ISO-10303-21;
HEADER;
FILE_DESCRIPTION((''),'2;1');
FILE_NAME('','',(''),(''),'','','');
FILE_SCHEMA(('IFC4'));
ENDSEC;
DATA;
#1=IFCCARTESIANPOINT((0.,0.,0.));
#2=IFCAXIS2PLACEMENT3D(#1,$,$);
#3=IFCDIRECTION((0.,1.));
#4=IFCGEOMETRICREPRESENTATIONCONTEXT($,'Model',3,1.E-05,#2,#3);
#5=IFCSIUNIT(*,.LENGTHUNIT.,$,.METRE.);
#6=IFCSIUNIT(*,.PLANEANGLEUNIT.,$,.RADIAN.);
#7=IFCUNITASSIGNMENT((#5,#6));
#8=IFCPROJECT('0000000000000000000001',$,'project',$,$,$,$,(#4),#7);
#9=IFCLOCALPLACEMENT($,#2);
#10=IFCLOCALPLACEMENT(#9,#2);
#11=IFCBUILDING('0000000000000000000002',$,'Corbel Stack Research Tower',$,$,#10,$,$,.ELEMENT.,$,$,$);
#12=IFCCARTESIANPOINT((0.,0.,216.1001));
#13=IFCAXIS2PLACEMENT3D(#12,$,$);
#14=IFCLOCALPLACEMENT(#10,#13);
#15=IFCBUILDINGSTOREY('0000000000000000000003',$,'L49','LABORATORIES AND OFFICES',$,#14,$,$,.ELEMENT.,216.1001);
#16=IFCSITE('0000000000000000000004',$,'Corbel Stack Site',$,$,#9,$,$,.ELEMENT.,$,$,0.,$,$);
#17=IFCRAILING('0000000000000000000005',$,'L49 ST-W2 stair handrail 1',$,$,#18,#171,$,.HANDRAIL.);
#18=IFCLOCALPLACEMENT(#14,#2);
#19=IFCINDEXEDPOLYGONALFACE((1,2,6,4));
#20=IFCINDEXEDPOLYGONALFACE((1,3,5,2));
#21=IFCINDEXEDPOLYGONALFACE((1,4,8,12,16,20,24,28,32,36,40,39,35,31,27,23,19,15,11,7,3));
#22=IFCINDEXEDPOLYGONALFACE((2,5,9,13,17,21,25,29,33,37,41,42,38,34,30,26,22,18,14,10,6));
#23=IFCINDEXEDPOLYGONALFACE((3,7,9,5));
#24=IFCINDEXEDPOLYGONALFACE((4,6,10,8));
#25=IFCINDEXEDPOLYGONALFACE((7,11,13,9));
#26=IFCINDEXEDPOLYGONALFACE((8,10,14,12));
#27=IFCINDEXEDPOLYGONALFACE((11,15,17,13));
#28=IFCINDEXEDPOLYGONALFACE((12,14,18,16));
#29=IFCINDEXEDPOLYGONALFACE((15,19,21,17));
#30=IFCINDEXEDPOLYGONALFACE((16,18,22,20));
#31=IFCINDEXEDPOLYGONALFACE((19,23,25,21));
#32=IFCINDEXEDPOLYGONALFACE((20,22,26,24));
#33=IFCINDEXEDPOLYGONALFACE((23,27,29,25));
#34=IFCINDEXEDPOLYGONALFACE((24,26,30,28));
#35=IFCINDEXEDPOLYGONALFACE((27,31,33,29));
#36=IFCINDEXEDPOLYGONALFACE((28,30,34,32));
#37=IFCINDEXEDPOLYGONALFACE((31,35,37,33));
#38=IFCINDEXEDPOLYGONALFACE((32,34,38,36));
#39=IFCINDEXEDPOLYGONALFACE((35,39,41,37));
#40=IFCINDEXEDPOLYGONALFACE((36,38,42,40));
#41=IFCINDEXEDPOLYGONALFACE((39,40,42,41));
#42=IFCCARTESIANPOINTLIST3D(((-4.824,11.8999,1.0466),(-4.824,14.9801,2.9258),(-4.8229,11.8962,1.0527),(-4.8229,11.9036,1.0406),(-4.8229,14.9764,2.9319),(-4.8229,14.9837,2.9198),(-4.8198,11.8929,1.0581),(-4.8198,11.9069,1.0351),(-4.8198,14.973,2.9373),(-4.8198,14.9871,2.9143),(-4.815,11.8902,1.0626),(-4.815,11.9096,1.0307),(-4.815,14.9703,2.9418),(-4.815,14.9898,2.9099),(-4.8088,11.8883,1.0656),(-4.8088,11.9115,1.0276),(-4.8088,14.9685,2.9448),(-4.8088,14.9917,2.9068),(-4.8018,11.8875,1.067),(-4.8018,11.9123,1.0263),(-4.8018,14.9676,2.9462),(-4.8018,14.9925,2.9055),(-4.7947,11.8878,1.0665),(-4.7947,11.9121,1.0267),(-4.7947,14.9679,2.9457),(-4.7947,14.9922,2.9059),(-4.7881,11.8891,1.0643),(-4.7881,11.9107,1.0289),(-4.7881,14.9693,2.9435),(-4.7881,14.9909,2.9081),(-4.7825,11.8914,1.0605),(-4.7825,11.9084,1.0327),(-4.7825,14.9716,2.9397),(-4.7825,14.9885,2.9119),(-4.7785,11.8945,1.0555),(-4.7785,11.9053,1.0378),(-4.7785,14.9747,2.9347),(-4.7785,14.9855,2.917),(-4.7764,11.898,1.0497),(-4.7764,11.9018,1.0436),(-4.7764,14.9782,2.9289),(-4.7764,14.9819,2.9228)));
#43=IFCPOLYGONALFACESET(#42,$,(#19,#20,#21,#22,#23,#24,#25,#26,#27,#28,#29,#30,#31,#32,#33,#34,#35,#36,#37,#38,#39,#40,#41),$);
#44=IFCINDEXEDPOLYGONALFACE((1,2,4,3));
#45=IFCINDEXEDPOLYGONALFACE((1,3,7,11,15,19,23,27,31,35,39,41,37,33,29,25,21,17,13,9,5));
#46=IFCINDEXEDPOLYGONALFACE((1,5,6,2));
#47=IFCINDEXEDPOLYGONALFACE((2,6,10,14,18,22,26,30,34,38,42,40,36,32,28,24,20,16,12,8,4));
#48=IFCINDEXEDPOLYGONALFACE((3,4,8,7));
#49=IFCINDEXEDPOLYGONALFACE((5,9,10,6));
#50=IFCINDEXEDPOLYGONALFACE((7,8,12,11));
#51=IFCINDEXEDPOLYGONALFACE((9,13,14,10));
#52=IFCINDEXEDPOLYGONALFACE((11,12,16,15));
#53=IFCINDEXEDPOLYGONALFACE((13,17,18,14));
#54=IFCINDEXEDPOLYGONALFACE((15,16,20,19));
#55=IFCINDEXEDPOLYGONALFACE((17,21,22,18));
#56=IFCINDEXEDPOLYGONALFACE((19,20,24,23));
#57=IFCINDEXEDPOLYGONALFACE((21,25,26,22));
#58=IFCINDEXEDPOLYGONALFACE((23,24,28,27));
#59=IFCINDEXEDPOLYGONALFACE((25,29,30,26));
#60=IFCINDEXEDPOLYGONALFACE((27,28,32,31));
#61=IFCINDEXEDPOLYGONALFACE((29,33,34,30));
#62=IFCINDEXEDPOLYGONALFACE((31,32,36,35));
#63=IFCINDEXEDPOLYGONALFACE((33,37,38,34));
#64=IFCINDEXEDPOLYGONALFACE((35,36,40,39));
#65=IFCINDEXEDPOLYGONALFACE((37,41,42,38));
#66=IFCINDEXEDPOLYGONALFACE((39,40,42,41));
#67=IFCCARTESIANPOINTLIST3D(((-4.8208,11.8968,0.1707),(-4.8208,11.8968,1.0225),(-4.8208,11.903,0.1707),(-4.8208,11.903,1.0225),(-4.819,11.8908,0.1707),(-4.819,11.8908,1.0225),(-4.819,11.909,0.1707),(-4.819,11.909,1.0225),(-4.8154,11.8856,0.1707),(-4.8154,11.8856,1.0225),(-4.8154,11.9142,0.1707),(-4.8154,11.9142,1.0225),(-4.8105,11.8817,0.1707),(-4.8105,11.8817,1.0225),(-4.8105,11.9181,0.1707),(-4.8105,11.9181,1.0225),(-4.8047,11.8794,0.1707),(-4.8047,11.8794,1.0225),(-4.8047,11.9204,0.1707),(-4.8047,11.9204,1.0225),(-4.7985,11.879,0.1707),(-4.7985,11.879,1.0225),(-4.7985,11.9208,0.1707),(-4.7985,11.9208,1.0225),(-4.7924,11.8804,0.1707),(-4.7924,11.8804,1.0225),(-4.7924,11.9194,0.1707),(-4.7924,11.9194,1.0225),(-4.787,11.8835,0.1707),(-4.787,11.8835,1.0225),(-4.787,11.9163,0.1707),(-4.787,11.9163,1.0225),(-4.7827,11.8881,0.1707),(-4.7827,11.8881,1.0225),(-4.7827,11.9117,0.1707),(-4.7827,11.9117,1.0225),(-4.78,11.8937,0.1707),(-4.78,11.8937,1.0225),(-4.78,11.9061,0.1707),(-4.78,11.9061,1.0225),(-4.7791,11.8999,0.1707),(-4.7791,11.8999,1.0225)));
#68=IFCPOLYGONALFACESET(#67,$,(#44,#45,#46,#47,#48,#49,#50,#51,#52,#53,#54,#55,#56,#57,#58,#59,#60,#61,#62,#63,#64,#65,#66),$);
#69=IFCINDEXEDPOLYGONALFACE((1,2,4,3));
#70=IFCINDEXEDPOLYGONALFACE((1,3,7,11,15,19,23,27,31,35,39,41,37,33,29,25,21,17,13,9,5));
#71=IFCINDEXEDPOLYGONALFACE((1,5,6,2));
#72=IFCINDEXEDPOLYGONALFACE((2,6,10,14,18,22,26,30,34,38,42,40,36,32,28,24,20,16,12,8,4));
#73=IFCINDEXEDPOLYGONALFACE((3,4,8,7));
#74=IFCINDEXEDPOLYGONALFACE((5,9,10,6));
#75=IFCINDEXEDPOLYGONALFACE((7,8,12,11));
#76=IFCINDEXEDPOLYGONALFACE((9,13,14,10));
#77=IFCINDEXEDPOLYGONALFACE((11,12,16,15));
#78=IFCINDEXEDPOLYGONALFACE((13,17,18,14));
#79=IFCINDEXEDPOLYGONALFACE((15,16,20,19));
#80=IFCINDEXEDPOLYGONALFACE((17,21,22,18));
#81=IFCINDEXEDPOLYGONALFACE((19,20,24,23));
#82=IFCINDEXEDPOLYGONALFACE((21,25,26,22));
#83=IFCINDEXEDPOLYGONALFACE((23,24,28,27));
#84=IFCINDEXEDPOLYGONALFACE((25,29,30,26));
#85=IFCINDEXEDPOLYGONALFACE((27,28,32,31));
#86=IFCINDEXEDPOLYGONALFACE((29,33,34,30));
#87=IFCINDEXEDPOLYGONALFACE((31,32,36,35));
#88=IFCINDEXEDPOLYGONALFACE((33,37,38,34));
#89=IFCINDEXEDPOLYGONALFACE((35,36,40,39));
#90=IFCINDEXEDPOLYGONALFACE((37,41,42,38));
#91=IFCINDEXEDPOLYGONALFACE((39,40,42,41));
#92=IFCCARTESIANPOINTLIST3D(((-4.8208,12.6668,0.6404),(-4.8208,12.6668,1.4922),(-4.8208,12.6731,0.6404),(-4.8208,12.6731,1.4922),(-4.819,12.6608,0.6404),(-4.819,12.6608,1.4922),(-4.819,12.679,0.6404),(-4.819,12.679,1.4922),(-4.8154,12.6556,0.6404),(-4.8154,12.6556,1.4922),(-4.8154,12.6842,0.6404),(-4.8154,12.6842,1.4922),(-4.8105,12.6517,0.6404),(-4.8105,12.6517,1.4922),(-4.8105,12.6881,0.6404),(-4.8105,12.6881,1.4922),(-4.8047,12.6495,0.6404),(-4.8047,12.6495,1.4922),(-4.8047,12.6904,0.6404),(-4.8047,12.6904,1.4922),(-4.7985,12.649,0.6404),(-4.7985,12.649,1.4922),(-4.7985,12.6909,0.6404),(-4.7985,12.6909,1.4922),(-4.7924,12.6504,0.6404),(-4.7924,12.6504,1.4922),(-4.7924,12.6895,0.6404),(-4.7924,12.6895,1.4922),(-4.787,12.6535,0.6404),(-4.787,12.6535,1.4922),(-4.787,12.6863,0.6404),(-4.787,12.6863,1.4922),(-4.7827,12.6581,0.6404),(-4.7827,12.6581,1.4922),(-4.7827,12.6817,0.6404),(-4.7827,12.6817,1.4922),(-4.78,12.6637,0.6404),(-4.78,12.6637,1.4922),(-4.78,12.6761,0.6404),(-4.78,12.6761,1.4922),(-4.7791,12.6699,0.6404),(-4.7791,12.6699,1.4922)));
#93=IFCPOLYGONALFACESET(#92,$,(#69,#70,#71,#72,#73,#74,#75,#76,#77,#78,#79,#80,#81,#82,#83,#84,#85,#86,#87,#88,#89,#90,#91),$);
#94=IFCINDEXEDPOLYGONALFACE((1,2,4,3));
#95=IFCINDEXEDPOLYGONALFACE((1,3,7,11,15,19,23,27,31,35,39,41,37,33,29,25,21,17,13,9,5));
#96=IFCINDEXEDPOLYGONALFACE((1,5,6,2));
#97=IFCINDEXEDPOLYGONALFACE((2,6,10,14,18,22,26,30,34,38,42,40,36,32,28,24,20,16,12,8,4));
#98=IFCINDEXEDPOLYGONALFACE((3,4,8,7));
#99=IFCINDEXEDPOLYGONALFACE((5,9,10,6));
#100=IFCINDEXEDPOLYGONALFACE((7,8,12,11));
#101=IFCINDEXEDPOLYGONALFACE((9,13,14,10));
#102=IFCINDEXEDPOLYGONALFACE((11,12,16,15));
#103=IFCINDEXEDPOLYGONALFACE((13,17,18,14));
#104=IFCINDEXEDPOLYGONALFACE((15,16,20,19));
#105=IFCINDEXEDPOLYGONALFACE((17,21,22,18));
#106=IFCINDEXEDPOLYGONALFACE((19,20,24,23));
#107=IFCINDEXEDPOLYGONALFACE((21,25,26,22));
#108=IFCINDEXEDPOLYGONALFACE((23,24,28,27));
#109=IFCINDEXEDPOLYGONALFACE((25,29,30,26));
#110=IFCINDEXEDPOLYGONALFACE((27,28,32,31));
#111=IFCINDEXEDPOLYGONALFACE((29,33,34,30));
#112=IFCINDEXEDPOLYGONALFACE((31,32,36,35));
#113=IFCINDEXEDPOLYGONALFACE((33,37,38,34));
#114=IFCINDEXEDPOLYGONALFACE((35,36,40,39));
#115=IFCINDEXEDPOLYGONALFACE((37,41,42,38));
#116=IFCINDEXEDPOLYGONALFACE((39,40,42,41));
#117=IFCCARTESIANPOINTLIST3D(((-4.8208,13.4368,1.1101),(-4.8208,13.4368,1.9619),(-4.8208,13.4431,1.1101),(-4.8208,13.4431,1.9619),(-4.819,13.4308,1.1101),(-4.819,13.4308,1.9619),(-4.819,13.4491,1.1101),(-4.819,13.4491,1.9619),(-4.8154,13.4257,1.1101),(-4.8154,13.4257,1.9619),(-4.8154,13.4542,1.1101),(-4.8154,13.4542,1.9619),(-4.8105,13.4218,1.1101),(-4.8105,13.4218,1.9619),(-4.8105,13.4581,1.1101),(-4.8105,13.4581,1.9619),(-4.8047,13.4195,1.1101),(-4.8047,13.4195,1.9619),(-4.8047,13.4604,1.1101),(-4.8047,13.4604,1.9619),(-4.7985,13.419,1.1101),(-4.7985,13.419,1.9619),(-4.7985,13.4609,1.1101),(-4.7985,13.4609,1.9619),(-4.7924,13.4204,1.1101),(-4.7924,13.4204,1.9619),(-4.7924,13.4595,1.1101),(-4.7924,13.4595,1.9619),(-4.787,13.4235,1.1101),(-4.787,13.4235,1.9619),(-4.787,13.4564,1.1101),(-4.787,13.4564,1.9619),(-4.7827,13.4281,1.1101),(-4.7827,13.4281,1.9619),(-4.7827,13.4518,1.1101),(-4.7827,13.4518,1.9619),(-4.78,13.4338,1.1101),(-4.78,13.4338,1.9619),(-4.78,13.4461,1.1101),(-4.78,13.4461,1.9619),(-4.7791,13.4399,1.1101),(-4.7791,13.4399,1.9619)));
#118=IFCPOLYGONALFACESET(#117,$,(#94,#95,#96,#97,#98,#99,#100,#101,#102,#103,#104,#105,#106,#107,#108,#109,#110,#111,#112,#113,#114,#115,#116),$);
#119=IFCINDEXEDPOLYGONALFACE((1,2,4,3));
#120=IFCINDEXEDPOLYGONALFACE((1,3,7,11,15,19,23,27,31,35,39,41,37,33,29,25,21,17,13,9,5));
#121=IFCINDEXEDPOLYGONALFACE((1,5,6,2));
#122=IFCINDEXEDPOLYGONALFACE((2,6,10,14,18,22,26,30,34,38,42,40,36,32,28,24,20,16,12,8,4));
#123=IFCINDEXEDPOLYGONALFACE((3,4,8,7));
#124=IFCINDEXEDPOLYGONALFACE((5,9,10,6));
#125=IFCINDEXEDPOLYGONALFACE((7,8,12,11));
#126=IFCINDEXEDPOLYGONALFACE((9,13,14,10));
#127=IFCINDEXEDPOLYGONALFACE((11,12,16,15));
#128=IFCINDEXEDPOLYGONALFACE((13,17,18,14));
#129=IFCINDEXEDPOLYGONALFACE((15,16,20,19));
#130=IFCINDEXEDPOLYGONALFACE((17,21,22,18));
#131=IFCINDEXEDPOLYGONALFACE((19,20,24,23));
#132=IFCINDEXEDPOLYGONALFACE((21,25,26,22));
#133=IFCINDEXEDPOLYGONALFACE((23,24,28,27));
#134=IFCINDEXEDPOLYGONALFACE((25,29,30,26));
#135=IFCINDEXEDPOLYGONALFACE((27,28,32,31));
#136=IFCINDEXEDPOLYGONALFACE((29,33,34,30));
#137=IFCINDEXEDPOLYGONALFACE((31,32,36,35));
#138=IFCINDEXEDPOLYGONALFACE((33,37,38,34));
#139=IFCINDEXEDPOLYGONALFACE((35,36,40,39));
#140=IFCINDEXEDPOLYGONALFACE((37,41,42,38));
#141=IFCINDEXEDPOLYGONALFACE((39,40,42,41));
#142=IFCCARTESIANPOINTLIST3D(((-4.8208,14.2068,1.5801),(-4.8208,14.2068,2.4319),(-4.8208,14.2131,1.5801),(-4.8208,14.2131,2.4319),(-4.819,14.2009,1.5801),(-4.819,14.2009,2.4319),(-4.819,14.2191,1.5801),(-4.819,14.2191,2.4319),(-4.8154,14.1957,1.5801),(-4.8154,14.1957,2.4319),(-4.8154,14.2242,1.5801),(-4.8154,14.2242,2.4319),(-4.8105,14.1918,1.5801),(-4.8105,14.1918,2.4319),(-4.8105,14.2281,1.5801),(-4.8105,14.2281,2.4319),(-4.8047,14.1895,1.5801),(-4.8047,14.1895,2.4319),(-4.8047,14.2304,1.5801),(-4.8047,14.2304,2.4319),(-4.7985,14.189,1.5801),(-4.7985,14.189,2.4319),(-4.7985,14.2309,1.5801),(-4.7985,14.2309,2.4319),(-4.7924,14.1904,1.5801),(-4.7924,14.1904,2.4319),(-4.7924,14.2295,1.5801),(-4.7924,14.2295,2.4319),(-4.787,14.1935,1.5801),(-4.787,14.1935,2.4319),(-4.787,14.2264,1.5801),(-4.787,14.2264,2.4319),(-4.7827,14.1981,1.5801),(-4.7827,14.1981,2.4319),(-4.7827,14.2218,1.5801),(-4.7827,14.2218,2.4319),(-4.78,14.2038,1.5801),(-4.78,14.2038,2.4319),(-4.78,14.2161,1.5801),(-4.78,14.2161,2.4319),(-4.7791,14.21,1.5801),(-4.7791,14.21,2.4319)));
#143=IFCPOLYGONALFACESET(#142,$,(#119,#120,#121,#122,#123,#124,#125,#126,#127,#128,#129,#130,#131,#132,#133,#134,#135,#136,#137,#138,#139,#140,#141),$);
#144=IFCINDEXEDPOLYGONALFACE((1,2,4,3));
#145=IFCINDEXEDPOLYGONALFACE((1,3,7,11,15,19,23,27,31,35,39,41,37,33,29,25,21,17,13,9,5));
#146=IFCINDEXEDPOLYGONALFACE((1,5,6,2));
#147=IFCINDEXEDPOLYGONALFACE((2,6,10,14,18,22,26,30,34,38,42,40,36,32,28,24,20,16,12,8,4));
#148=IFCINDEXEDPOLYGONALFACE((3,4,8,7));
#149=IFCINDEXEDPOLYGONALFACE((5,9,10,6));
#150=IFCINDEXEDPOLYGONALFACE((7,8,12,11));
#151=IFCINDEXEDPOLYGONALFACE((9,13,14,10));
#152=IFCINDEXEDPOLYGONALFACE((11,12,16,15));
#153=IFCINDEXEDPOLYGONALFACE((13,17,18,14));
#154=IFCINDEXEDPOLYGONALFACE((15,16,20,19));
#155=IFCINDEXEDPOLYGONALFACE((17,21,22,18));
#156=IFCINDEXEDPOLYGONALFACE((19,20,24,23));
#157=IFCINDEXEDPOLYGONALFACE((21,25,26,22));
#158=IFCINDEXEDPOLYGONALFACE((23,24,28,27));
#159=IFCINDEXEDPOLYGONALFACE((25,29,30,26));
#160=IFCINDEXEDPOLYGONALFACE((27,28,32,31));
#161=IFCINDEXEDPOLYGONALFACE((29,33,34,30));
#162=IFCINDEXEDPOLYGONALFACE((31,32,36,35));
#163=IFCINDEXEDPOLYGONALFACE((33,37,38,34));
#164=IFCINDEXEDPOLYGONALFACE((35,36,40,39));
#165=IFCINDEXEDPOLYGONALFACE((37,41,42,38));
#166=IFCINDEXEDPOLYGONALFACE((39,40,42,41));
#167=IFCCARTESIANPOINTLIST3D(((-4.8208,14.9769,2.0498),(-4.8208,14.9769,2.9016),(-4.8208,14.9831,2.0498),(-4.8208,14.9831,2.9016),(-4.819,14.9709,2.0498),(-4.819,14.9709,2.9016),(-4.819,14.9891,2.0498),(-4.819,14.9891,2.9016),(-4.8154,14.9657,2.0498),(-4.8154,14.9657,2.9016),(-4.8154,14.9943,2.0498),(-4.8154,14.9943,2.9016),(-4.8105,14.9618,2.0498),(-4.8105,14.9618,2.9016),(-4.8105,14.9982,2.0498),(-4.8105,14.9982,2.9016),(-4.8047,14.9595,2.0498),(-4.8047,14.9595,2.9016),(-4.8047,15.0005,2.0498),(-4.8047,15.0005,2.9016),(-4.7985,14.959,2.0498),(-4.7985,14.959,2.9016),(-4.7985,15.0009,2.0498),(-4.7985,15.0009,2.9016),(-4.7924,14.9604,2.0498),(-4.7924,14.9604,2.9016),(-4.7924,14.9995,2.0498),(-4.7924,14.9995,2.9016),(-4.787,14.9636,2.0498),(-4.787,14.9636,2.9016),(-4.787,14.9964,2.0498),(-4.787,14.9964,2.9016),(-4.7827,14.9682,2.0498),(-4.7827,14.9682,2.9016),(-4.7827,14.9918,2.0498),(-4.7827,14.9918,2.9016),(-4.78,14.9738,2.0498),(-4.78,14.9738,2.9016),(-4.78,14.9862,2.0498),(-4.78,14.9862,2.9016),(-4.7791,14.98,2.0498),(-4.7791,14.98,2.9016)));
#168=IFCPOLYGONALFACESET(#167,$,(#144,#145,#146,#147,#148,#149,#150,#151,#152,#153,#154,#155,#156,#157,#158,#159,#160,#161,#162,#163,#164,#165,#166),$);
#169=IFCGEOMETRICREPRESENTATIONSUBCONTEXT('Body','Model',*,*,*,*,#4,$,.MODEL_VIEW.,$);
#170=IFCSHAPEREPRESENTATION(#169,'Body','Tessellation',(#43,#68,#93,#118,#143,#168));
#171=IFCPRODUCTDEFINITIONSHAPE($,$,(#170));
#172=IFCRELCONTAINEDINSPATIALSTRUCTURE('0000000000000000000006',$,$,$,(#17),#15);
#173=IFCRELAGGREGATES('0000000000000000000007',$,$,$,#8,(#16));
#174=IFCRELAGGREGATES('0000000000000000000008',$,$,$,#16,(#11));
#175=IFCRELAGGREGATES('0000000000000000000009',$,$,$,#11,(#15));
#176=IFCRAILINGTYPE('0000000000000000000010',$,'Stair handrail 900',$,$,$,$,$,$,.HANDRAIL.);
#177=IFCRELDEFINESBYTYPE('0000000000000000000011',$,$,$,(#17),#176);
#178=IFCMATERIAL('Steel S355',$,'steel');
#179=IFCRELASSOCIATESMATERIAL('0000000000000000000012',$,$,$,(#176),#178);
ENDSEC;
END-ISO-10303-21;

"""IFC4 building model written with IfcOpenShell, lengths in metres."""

from ifc_helpers import new_model, si_unit, direction, frame, origin, origin_2d, place, context, subcontext, project, spatial, circle, extrude, material, type_object, element, save


model = new_model("IFC4")

# Units and contexts
model_context = context("Model", 3, precision=1e-05, world=origin(), true_north=direction((0.0, 1.0)))
body_context = subcontext(model_context, "Body", "Model", "MODEL_VIEW")
ifc_project = project(units=[si_unit("LENGTHUNIT", "METRE"), si_unit("PLANEANGLEUNIT", "RADIAN")], contexts=[model_context])

# Site, building, storey
site_placement = place(None, origin())
site = spatial("IfcSite", under=ifc_project, at=site_placement, Name="Corbel Stack Site", CompositionType="ELEMENT", RefElevation=0.0)
building_placement = place(site_placement, origin())
building = spatial("IfcBuilding", under=site, at=building_placement, Name="Corbel Stack Research Tower", CompositionType="ELEMENT")
storey_placement = place(building_placement, frame((0.0, 0.0, 216.1001)))
storey = spatial("IfcBuildingStorey", under=building, at=storey_placement, Name="L49", Description="LABORATORIES AND OFFICES", CompositionType="ELEMENT", Elevation=216.1001)

# Railing
ifc_material_1 = material(Name="Steel S355", Category="steel")
railing_type_1 = type_object("IfcRailingType", Name="Stair handrail 900", PredefinedType="HANDRAIL", material=ifc_material_1)
railing_1_placement = place(storey_placement, frame((-4.8, 11.8999, 0.1707)))
element("IfcRailing", 1, at=railing_1_placement, inside=storey, type_object=railing_type_1, Name="L49 ST-W2 stair handrail 1", PredefinedType="HANDRAIL", context=body_context, shape_type="SweptSolid", body=[
    extrude(circle(Radius=0.0239, at=origin_2d()), frame((0.0, 0.0, 0.876), z_axis=(0.0, 0.853666, 0.52082), x_axis=(-1.0, 0.0, 0.0)), (0.0, 0.0, 1.0), 3.6082),
    extrude(circle(Radius=0.021, at=origin_2d()), origin(), (0.0, 0.0, 1.0), 0.8518),
    extrude(circle(Radius=0.021, at=origin_2d()), frame((0.0, 0.77, 0.4697)), (0.0, 0.0, 1.0), 0.8518),
    extrude(circle(Radius=0.021, at=origin_2d()), frame((0.0, 1.54, 0.9395)), (0.0, 0.0, 1.0), 0.8518),
    extrude(circle(Radius=0.021, at=origin_2d()), frame((0.0, 2.3101, 1.4094)), (0.0, 0.0, 1.0), 0.8518),
    extrude(circle(Radius=0.021, at=origin_2d()), frame((0.0, 3.0801, 1.8792)), (0.0, 0.0, 1.0), 0.8518),
])

save(model, "model.ifc")
